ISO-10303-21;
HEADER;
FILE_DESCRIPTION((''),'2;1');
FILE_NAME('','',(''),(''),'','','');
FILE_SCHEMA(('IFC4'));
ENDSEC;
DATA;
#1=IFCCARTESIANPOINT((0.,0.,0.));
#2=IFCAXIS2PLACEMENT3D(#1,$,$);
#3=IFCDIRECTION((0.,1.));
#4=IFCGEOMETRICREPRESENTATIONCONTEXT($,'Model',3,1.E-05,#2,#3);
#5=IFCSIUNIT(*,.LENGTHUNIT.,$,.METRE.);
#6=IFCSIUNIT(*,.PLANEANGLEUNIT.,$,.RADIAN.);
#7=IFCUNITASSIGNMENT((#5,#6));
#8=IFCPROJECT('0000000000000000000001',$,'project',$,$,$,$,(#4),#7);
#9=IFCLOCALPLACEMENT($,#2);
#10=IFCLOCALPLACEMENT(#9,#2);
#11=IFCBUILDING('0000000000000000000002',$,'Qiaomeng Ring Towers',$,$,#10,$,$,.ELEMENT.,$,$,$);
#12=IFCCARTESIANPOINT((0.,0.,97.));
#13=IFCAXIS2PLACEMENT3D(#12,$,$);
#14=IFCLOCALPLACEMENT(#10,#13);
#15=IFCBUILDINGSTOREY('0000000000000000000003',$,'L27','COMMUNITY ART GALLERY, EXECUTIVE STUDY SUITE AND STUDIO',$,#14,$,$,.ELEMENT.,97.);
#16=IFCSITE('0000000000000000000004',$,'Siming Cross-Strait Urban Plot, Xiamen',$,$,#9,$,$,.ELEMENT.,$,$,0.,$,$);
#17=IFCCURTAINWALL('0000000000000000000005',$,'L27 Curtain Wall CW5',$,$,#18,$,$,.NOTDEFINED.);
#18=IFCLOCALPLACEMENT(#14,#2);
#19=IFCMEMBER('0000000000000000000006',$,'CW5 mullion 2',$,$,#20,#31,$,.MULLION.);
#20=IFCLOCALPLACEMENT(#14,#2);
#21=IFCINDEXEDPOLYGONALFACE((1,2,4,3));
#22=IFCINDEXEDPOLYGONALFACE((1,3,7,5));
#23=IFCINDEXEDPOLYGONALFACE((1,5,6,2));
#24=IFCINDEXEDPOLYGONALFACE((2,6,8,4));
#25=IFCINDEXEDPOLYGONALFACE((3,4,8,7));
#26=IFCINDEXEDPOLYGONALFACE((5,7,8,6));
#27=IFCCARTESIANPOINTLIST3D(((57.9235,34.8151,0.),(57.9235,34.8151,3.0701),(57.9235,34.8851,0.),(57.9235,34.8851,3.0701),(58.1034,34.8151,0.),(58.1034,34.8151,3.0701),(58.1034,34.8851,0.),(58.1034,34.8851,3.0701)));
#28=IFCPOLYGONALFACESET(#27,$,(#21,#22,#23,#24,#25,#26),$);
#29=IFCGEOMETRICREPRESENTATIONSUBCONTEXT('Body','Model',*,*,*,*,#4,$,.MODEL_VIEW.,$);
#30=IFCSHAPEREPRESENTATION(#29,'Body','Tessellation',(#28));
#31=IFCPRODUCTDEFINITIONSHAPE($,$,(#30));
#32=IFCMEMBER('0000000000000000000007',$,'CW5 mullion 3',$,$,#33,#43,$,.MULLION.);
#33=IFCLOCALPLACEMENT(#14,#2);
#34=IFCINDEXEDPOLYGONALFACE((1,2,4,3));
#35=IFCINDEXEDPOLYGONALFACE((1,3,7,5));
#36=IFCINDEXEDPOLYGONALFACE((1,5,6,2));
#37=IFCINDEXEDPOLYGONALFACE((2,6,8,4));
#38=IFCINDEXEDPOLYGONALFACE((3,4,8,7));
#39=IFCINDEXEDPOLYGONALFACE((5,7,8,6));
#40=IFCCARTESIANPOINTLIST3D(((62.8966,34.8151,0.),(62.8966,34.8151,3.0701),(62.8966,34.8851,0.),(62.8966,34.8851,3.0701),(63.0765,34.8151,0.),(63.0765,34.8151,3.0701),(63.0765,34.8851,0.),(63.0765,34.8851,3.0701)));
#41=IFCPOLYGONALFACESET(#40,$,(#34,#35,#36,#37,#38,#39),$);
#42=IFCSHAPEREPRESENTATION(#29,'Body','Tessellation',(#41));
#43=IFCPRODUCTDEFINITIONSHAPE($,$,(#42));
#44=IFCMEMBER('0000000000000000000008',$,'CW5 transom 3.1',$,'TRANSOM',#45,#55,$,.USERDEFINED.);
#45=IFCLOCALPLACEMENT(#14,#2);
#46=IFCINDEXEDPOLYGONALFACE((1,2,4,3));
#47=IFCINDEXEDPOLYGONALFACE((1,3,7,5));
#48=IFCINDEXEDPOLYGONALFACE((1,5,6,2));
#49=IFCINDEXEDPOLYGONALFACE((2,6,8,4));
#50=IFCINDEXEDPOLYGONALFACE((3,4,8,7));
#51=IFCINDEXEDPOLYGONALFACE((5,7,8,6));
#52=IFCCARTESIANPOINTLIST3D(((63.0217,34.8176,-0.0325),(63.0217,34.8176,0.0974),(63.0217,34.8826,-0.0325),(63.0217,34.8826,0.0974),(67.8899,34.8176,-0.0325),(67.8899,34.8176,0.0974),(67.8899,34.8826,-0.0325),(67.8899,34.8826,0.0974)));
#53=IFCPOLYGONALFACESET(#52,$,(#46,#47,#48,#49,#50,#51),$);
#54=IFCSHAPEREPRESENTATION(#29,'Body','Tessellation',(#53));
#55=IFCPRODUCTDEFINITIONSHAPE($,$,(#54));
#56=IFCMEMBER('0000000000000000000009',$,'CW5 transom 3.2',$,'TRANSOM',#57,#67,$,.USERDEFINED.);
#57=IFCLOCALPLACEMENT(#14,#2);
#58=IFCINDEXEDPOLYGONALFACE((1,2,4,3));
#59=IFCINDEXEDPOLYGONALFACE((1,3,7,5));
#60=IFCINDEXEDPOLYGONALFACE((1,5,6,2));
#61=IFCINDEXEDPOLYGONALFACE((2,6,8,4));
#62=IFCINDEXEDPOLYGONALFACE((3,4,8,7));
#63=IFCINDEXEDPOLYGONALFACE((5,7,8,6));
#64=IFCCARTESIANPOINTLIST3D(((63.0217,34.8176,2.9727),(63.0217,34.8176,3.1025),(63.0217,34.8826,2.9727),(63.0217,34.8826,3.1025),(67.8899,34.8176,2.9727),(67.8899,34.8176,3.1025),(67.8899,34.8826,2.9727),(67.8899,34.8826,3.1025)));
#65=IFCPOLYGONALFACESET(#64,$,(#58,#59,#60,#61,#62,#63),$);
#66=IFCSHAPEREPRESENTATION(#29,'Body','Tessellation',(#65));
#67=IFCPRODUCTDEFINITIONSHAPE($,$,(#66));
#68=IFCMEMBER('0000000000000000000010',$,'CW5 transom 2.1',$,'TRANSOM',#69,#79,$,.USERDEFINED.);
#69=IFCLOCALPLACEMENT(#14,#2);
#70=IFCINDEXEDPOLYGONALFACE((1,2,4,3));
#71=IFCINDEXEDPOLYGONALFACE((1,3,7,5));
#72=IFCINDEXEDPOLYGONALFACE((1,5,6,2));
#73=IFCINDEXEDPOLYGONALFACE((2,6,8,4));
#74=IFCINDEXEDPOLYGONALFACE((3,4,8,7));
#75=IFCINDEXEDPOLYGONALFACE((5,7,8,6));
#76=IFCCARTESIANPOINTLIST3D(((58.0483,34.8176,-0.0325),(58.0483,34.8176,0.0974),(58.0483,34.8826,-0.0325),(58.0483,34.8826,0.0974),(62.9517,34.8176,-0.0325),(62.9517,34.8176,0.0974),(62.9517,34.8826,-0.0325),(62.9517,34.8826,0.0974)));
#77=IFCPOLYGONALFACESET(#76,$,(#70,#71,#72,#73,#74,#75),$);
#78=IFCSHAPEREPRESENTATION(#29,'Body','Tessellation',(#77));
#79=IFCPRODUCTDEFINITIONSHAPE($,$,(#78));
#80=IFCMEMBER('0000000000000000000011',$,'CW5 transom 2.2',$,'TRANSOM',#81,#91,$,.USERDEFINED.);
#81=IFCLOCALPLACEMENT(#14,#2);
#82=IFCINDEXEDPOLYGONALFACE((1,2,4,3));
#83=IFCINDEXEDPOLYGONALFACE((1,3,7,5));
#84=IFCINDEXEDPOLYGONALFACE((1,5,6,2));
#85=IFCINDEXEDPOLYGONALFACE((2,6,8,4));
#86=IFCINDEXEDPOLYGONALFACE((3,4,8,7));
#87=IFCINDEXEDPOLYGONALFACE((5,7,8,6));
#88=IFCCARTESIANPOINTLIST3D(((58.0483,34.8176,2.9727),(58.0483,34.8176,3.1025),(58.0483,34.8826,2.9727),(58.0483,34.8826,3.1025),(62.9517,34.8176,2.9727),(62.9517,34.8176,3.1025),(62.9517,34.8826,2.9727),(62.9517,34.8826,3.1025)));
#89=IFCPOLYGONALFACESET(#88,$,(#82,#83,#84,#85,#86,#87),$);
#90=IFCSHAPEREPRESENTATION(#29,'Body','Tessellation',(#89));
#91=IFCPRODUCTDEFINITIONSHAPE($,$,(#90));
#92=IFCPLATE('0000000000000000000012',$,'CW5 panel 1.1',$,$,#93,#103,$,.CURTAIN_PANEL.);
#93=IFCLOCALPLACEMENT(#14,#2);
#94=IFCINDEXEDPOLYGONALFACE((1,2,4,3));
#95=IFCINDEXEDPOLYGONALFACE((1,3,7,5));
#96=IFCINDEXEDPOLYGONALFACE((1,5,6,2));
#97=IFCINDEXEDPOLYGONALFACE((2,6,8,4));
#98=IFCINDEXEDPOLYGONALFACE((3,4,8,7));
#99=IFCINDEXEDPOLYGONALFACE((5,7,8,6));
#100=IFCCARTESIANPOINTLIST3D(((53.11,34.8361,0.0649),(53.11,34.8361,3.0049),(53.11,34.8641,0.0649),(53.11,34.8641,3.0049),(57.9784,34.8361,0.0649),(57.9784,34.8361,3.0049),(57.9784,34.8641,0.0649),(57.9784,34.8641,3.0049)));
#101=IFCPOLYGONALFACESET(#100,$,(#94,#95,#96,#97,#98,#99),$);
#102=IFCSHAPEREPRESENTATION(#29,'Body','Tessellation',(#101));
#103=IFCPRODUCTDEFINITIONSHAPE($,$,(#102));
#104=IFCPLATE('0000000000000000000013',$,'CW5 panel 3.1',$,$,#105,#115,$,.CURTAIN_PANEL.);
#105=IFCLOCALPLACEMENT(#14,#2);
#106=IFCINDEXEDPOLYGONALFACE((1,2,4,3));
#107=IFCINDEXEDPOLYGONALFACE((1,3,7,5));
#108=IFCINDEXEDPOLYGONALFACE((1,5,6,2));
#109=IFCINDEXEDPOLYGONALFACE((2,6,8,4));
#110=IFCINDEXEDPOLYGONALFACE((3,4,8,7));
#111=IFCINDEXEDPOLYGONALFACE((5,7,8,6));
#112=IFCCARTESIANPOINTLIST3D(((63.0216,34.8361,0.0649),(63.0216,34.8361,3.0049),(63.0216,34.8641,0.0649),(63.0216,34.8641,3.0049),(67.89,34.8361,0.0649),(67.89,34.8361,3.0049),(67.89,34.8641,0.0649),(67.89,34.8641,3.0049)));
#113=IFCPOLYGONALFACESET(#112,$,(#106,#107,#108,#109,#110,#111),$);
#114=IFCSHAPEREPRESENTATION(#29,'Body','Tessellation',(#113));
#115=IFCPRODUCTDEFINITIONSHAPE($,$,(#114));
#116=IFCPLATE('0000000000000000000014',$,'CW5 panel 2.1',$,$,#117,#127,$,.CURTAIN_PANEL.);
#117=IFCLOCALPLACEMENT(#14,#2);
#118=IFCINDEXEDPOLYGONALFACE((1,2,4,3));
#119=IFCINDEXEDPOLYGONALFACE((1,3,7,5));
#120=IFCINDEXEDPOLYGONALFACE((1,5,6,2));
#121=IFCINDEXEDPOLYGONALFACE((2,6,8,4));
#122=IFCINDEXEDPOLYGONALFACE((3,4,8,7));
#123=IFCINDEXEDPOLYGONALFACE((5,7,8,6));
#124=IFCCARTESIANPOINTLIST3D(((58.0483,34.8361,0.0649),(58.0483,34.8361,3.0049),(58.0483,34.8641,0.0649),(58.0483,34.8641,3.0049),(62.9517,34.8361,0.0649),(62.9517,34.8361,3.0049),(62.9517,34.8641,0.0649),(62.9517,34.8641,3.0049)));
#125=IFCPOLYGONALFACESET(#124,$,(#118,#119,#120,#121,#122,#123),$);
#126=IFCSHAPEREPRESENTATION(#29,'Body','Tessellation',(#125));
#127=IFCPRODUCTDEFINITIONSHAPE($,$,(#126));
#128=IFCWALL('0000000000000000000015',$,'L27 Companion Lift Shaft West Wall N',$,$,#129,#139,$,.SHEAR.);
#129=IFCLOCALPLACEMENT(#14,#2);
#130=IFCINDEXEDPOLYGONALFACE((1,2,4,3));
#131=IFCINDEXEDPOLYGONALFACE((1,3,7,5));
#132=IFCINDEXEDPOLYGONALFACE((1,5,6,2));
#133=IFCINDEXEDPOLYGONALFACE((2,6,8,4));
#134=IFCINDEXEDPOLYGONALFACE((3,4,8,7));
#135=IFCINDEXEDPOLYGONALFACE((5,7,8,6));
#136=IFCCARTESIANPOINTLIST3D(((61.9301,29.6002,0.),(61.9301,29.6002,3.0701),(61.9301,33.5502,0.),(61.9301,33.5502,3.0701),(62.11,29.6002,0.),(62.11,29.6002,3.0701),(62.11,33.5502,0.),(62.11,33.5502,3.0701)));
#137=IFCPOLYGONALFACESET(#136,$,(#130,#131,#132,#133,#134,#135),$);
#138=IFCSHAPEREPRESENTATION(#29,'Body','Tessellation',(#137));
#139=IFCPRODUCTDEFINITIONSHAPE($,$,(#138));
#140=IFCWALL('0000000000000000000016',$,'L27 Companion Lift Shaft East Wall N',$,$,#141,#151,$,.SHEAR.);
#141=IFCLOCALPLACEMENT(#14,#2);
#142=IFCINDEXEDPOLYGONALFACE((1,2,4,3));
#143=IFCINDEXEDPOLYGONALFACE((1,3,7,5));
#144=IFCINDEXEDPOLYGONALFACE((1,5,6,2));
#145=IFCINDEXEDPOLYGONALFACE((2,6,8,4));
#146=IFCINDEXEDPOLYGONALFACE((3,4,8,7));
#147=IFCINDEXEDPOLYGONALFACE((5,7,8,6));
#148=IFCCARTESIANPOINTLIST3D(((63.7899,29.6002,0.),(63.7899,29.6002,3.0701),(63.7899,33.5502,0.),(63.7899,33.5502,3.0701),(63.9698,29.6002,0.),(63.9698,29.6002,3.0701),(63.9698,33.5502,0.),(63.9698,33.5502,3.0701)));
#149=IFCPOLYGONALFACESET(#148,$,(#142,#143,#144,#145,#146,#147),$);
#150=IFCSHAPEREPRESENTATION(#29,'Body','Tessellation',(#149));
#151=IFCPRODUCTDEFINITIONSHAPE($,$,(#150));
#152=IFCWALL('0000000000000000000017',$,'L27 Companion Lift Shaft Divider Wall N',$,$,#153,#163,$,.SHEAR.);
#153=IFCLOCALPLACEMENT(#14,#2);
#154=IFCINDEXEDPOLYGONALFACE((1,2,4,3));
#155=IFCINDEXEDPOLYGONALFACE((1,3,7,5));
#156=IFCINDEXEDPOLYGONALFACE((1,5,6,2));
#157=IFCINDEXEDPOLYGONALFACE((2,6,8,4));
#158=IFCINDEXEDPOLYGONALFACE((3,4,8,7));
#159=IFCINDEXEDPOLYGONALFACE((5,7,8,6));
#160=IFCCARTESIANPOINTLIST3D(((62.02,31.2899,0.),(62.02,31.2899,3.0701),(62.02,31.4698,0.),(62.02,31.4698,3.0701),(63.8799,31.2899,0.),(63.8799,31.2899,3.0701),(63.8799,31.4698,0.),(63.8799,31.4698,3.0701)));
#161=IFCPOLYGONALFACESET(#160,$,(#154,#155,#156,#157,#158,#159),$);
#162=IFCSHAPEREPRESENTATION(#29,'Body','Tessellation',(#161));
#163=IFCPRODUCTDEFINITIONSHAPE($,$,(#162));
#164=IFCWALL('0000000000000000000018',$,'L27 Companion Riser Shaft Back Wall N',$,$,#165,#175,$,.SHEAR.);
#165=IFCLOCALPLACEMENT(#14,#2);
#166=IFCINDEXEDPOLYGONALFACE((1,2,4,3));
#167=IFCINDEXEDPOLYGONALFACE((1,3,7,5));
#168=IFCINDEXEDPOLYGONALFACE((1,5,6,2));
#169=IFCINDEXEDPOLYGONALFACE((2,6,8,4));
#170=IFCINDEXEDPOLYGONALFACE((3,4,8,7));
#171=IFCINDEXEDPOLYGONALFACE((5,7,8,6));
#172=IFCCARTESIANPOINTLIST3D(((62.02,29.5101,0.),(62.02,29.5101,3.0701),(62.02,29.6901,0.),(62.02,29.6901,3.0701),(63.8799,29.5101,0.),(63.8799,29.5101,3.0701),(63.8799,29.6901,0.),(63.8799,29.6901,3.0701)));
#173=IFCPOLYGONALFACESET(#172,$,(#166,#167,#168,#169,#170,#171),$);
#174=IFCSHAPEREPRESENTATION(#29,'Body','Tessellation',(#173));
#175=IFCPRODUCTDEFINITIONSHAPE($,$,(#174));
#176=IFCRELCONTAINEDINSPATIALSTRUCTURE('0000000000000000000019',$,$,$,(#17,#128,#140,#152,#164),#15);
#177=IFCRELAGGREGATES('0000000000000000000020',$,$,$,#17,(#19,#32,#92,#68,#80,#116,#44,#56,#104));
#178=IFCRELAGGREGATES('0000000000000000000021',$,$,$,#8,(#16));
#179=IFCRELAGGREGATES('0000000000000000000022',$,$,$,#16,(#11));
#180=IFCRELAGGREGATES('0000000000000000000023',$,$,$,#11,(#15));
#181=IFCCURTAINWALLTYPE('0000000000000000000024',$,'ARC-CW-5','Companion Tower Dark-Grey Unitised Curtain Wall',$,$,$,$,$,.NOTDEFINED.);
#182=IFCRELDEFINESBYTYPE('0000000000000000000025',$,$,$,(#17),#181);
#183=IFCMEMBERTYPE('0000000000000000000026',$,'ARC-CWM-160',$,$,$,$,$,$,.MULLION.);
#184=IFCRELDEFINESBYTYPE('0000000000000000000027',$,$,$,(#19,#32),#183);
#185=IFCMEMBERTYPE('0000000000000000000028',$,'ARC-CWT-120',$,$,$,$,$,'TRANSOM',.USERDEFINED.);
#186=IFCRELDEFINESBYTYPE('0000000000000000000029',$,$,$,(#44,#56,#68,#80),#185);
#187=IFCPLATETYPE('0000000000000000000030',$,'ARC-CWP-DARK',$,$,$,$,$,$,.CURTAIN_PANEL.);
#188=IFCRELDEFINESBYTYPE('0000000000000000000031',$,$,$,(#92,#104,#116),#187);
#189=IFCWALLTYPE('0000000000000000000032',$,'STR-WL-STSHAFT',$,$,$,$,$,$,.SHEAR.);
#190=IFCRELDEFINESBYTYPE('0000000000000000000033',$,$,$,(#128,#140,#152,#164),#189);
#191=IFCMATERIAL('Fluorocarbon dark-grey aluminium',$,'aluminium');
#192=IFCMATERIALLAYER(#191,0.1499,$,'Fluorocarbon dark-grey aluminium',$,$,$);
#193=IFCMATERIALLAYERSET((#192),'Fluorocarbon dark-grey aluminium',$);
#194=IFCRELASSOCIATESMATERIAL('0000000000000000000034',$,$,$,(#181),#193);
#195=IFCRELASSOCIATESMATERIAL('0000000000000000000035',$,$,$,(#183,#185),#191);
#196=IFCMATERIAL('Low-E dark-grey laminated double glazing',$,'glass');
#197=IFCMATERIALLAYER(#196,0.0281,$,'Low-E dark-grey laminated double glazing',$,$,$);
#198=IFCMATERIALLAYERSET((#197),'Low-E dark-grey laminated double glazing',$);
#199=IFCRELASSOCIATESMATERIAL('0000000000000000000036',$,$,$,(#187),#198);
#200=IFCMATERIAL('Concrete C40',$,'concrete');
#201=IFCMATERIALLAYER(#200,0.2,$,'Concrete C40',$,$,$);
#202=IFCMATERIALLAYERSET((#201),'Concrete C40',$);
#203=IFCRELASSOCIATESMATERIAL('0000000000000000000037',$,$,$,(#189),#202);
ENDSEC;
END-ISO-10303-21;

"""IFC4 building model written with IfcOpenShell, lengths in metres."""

from ifc_helpers import new_model, si_unit, direction, frame, frame_2d, origin, origin_2d, place, context, subcontext, project, spatial, rectangle, extrude, source, transform, mapped, material, layer, layer_set, material_profile, profile_set, type_object, element, aggregate, save


model = new_model("IFC4")

# Units and contexts
model_context = context("Model", 3, precision=1e-05, world=origin(), true_north=direction((0.0, 1.0)))
body_context = subcontext(model_context, "Body", "Model", "MODEL_VIEW")
ifc_project = project(units=[si_unit("LENGTHUNIT", "METRE"), si_unit("PLANEANGLEUNIT", "RADIAN")], contexts=[model_context])

# Site, building, storey
site_placement = place(None, origin())
site = spatial("IfcSite", under=ifc_project, at=site_placement, Name="Siming Cross-Strait Urban Plot, Xiamen", CompositionType="ELEMENT", RefElevation=0.0)
building_placement = place(site_placement, origin())
building = spatial("IfcBuilding", under=site, at=building_placement, Name="Qiaomeng Ring Towers", CompositionType="ELEMENT")
storey_placement = place(building_placement, frame((0.0, 0.0, 97.0)))
storey = spatial("IfcBuildingStorey", under=building, at=storey_placement, Name="L27", Description="COMMUNITY ART GALLERY, EXECUTIVE STUDY SUITE AND STUDIO", CompositionType="ELEMENT", Elevation=97.0)

# Curtain wall, members, plates
ifc_material_1 = material(Name="Fluorocarbon dark-grey aluminium", Category="aluminium")
ifc_layer_1 = layer(ifc_material_1, 0.1499, Name="Fluorocarbon dark-grey aluminium")
ifc_layer_set_1 = layer_set([ifc_layer_1], Name="Fluorocarbon dark-grey aluminium")
curtain_wall_type = type_object("IfcCurtainWallType", Name="ARC-CW-5", Description="Companion Tower Dark-Grey Unitised Curtain Wall", PredefinedType="NOTDEFINED", material=ifc_layer_set_1)
curtain_wall_placement = place(storey_placement, origin())
curtain_wall = element("IfcCurtainWall", 1, at=curtain_wall_placement, inside=storey, type_object=curtain_wall_type, Name="L27 Curtain Wall CW5", PredefinedType="NOTDEFINED")
ifc_material_profile_1 = material_profile(ifc_material_1, rectangle(XDim=0.0701, YDim=0.1799, at=origin_2d()), Name="ALU MULL 70x180")
ifc_profile_set_1 = profile_set([ifc_material_profile_1], Name="Fluorocarbon dark-grey aluminium")
member_type_1 = type_object("IfcMemberType", Name="ARC-CWM-160", PredefinedType="MULLION", material=ifc_profile_set_1)
shared_shape_1 = source(origin(), body_context, "Body", "SweptSolid", [
    extrude(rectangle(XDim=0.0701, YDim=0.1799, at=origin_2d()), origin(), (0.0, 0.0, 1.0), 3.0701),
])
member_1_placement = place(storey_placement, frame((58.0134, 34.8501, 0.0), z_axis=(0.0, 0.0, 1.0), x_axis=(0.0, 1.0, 0.0)))
member_1 = element("IfcMember", 2, at=member_1_placement, type_object=member_type_1, Name="CW5 mullion 2", PredefinedType="MULLION", context=body_context, shape_type="MappedRepresentation", body=[
    mapped(shared_shape_1, transform((0.0, 0.0, 0.0), x_axis=(1.0, 0.0, 0.0), y_axis=(0.0, 1.0, 0.0), z_axis=(0.0, 0.0, 1.0), scale=1.0)),
])
member_2_placement = place(storey_placement, frame((62.9866, 34.8501, 0.0), z_axis=(0.0, 0.0, 1.0), x_axis=(0.0, 1.0, 0.0)))
member_2 = element("IfcMember", 3, at=member_2_placement, type_object=member_type_1, Name="CW5 mullion 3", PredefinedType="MULLION", context=body_context, shape_type="MappedRepresentation", body=[
    mapped(shared_shape_1, transform((0.0, 0.0, 0.0), x_axis=(1.0, 0.0, 0.0), y_axis=(0.0, 1.0, 0.0), z_axis=(0.0, 0.0, 1.0), scale=1.0)),
])
ifc_material_profile_2 = material_profile(ifc_material_1, rectangle(XDim=0.0649, YDim=0.1299, at=origin_2d()), Name="ALU TRAN 65x130")
ifc_profile_set_2 = profile_set([ifc_material_profile_2], Name="Fluorocarbon dark-grey aluminium")
member_type_2 = type_object("IfcMemberType", Name="ARC-CWT-120", ElementType="TRANSOM", PredefinedType="USERDEFINED", material=ifc_profile_set_2)
shared_shape_2 = source(origin(), body_context, "Body", "SweptSolid", [
    extrude(rectangle(XDim=0.0649, YDim=0.1299, at=origin_2d()), origin(), (0.0, 0.0, 1.0), 4.8682),
])
member_3_placement = place(storey_placement, frame((63.0217, 34.8501, 0.0325), z_axis=(1.0, 0.0, 0.0), x_axis=(0.0, 1.0, 0.0)))
member_3 = element("IfcMember", 4, at=member_3_placement, type_object=member_type_2, Name="CW5 transom 3.1", ObjectType="TRANSOM", PredefinedType="USERDEFINED", context=body_context, shape_type="MappedRepresentation", body=[
    mapped(shared_shape_2, transform((0.0, 0.0, 0.0), x_axis=(1.0, 0.0, 0.0), y_axis=(0.0, 1.0, 0.0), z_axis=(0.0, 0.0, 1.0), scale=1.0)),
])
member_4_placement = place(storey_placement, frame((63.0217, 34.8501, 3.0376), z_axis=(1.0, 0.0, 0.0), x_axis=(0.0, 1.0, 0.0)))
member_4 = element("IfcMember", 5, at=member_4_placement, type_object=member_type_2, Name="CW5 transom 3.2", ObjectType="TRANSOM", PredefinedType="USERDEFINED", context=body_context, shape_type="MappedRepresentation", body=[
    mapped(shared_shape_2, transform((0.0, 0.0, 0.0), x_axis=(1.0, 0.0, 0.0), y_axis=(0.0, 1.0, 0.0), z_axis=(0.0, 0.0, 1.0), scale=1.0)),
])
shared_shape_3 = source(origin(), body_context, "Body", "SweptSolid", [
    extrude(rectangle(XDim=0.0649, YDim=0.1299, at=origin_2d()), origin(), (0.0, 0.0, 1.0), 4.9033),
])
member_5_placement = place(storey_placement, frame((58.0483, 34.8501, 0.0325), z_axis=(1.0, 0.0, 0.0), x_axis=(0.0, 1.0, 0.0)))
member_5 = element("IfcMember", 6, at=member_5_placement, type_object=member_type_2, Name="CW5 transom 2.1", ObjectType="TRANSOM", PredefinedType="USERDEFINED", context=body_context, shape_type="MappedRepresentation", body=[
    mapped(shared_shape_3, transform((0.0, 0.0, 0.0), x_axis=(1.0, 0.0, 0.0), y_axis=(0.0, 1.0, 0.0), z_axis=(0.0, 0.0, 1.0), scale=1.0)),
])
member_6_placement = place(storey_placement, frame((58.0483, 34.8501, 3.0376), z_axis=(1.0, 0.0, 0.0), x_axis=(0.0, 1.0, 0.0)))
member_6 = element("IfcMember", 7, at=member_6_placement, type_object=member_type_2, Name="CW5 transom 2.2", ObjectType="TRANSOM", PredefinedType="USERDEFINED", context=body_context, shape_type="MappedRepresentation", body=[
    mapped(shared_shape_3, transform((0.0, 0.0, 0.0), x_axis=(1.0, 0.0, 0.0), y_axis=(0.0, 1.0, 0.0), z_axis=(0.0, 0.0, 1.0), scale=1.0)),
])
ifc_material_2 = material(Name="Low-E dark-grey laminated double glazing", Category="glass")
ifc_layer_2 = layer(ifc_material_2, 0.0281, Name="Low-E dark-grey laminated double glazing")
ifc_layer_set_2 = layer_set([ifc_layer_2], Name="Low-E dark-grey laminated double glazing")
plate_type = type_object("IfcPlateType", Name="ARC-CWP-DARK", PredefinedType="CURTAIN_PANEL", material=ifc_layer_set_2)
shared_shape_4 = source(origin(), body_context, "Body", "SweptSolid", [
    extrude(rectangle(XDim=4.8684, YDim=0.0281, at=origin_2d()), origin(), (0.0, 0.0, 1.0), 2.9399),
])
plate_1_placement = place(storey_placement, frame((55.5442, 34.8501, 0.0649), z_axis=(0.0, 0.0, 1.0), x_axis=(1.0, 0.0, 0.0)))
plate_1 = element("IfcPlate", 8, at=plate_1_placement, type_object=plate_type, Name="CW5 panel 1.1", PredefinedType="CURTAIN_PANEL", context=body_context, shape_type="MappedRepresentation", body=[
    mapped(shared_shape_4, transform((0.0, 0.0, 0.0), x_axis=(1.0, 0.0, 0.0), y_axis=(0.0, 1.0, 0.0), z_axis=(0.0, 0.0, 1.0), scale=1.0)),
])
plate_2_placement = place(storey_placement, frame((65.4558, 34.8501, 0.0649), z_axis=(0.0, 0.0, 1.0), x_axis=(1.0, 0.0, 0.0)))
plate_2 = element("IfcPlate", 9, at=plate_2_placement, type_object=plate_type, Name="CW5 panel 3.1", PredefinedType="CURTAIN_PANEL", context=body_context, shape_type="MappedRepresentation", body=[
    mapped(shared_shape_4, transform((0.0, 0.0, 0.0), x_axis=(1.0, 0.0, 0.0), y_axis=(0.0, 1.0, 0.0), z_axis=(0.0, 0.0, 1.0), scale=1.0)),
])
shared_shape_5 = source(origin(), body_context, "Body", "SweptSolid", [
    extrude(rectangle(XDim=4.9033, YDim=0.0281, at=origin_2d()), origin(), (0.0, 0.0, 1.0), 2.9399),
])
plate_3_placement = place(storey_placement, frame((60.5, 34.8501, 0.0649), z_axis=(0.0, 0.0, 1.0), x_axis=(1.0, 0.0, 0.0)))
plate_3 = element("IfcPlate", 10, at=plate_3_placement, type_object=plate_type, Name="CW5 panel 2.1", PredefinedType="CURTAIN_PANEL", context=body_context, shape_type="MappedRepresentation", body=[
    mapped(shared_shape_5, transform((0.0, 0.0, 0.0), x_axis=(1.0, 0.0, 0.0), y_axis=(0.0, 1.0, 0.0), z_axis=(0.0, 0.0, 1.0), scale=1.0)),
])
aggregate(curtain_wall, [member_1, member_2, plate_1, member_5, member_6, plate_3, member_3, member_4, plate_2])

# Walls
ifc_material_3 = material(Name="Concrete C40", Category="concrete")
ifc_layer_3 = layer(ifc_material_3, 0.2, Name="Concrete C40")
ifc_layer_set_3 = layer_set([ifc_layer_3], Name="Concrete C40")
wall_type_1 = type_object("IfcWallType", Name="STR-WL-STSHAFT", PredefinedType="SHEAR", material=ifc_layer_set_3)
for number, where, z_axis, x_axis, name in (
    (11, (62.02, 29.6001, 0.0), (0.0, 0.0, 1.0), (0.0, 1.0, 0.0), "L27 Companion Lift Shaft West Wall N"),
    (12, (63.8799, 29.6001, 0.0), (0.0, 0.0, 1.0), (0.0, 1.0, 0.0), "L27 Companion Lift Shaft East Wall N"),
):
    element("IfcWall", number, at=place(storey_placement, frame(where, z_axis=z_axis, x_axis=x_axis)), inside=storey, type_object=wall_type_1, Name=name, PredefinedType="SHEAR", context=body_context, shape_type="SweptSolid", body=[
        extrude(rectangle(XDim=3.95, YDim=0.1799, at=frame_2d((1.9751, 0.0))), origin(), (0.0, 0.0, 1.0), 3.0701),
    ])
for number, where, z_axis, x_axis, name in (
    (13, (62.02, 31.3799, 0.0), (0.0, 0.0, 1.0), (1.0, 0.0, 0.0), "L27 Companion Lift Shaft Divider Wall N"),
    (14, (62.02, 29.6001, 0.0), (0.0, 0.0, 1.0), (1.0, 0.0, 0.0), "L27 Companion Riser Shaft Back Wall N"),
):
    element("IfcWall", number, at=place(storey_placement, frame(where, z_axis=z_axis, x_axis=x_axis)), inside=storey, type_object=wall_type_1, Name=name, PredefinedType="SHEAR", context=body_context, shape_type="SweptSolid", body=[
        extrude(rectangle(XDim=1.8599, YDim=0.1799, at=frame_2d((0.9299, 0.0))), origin(), (0.0, 0.0, 1.0), 3.0701),
    ])

save(model, "model.ifc")
